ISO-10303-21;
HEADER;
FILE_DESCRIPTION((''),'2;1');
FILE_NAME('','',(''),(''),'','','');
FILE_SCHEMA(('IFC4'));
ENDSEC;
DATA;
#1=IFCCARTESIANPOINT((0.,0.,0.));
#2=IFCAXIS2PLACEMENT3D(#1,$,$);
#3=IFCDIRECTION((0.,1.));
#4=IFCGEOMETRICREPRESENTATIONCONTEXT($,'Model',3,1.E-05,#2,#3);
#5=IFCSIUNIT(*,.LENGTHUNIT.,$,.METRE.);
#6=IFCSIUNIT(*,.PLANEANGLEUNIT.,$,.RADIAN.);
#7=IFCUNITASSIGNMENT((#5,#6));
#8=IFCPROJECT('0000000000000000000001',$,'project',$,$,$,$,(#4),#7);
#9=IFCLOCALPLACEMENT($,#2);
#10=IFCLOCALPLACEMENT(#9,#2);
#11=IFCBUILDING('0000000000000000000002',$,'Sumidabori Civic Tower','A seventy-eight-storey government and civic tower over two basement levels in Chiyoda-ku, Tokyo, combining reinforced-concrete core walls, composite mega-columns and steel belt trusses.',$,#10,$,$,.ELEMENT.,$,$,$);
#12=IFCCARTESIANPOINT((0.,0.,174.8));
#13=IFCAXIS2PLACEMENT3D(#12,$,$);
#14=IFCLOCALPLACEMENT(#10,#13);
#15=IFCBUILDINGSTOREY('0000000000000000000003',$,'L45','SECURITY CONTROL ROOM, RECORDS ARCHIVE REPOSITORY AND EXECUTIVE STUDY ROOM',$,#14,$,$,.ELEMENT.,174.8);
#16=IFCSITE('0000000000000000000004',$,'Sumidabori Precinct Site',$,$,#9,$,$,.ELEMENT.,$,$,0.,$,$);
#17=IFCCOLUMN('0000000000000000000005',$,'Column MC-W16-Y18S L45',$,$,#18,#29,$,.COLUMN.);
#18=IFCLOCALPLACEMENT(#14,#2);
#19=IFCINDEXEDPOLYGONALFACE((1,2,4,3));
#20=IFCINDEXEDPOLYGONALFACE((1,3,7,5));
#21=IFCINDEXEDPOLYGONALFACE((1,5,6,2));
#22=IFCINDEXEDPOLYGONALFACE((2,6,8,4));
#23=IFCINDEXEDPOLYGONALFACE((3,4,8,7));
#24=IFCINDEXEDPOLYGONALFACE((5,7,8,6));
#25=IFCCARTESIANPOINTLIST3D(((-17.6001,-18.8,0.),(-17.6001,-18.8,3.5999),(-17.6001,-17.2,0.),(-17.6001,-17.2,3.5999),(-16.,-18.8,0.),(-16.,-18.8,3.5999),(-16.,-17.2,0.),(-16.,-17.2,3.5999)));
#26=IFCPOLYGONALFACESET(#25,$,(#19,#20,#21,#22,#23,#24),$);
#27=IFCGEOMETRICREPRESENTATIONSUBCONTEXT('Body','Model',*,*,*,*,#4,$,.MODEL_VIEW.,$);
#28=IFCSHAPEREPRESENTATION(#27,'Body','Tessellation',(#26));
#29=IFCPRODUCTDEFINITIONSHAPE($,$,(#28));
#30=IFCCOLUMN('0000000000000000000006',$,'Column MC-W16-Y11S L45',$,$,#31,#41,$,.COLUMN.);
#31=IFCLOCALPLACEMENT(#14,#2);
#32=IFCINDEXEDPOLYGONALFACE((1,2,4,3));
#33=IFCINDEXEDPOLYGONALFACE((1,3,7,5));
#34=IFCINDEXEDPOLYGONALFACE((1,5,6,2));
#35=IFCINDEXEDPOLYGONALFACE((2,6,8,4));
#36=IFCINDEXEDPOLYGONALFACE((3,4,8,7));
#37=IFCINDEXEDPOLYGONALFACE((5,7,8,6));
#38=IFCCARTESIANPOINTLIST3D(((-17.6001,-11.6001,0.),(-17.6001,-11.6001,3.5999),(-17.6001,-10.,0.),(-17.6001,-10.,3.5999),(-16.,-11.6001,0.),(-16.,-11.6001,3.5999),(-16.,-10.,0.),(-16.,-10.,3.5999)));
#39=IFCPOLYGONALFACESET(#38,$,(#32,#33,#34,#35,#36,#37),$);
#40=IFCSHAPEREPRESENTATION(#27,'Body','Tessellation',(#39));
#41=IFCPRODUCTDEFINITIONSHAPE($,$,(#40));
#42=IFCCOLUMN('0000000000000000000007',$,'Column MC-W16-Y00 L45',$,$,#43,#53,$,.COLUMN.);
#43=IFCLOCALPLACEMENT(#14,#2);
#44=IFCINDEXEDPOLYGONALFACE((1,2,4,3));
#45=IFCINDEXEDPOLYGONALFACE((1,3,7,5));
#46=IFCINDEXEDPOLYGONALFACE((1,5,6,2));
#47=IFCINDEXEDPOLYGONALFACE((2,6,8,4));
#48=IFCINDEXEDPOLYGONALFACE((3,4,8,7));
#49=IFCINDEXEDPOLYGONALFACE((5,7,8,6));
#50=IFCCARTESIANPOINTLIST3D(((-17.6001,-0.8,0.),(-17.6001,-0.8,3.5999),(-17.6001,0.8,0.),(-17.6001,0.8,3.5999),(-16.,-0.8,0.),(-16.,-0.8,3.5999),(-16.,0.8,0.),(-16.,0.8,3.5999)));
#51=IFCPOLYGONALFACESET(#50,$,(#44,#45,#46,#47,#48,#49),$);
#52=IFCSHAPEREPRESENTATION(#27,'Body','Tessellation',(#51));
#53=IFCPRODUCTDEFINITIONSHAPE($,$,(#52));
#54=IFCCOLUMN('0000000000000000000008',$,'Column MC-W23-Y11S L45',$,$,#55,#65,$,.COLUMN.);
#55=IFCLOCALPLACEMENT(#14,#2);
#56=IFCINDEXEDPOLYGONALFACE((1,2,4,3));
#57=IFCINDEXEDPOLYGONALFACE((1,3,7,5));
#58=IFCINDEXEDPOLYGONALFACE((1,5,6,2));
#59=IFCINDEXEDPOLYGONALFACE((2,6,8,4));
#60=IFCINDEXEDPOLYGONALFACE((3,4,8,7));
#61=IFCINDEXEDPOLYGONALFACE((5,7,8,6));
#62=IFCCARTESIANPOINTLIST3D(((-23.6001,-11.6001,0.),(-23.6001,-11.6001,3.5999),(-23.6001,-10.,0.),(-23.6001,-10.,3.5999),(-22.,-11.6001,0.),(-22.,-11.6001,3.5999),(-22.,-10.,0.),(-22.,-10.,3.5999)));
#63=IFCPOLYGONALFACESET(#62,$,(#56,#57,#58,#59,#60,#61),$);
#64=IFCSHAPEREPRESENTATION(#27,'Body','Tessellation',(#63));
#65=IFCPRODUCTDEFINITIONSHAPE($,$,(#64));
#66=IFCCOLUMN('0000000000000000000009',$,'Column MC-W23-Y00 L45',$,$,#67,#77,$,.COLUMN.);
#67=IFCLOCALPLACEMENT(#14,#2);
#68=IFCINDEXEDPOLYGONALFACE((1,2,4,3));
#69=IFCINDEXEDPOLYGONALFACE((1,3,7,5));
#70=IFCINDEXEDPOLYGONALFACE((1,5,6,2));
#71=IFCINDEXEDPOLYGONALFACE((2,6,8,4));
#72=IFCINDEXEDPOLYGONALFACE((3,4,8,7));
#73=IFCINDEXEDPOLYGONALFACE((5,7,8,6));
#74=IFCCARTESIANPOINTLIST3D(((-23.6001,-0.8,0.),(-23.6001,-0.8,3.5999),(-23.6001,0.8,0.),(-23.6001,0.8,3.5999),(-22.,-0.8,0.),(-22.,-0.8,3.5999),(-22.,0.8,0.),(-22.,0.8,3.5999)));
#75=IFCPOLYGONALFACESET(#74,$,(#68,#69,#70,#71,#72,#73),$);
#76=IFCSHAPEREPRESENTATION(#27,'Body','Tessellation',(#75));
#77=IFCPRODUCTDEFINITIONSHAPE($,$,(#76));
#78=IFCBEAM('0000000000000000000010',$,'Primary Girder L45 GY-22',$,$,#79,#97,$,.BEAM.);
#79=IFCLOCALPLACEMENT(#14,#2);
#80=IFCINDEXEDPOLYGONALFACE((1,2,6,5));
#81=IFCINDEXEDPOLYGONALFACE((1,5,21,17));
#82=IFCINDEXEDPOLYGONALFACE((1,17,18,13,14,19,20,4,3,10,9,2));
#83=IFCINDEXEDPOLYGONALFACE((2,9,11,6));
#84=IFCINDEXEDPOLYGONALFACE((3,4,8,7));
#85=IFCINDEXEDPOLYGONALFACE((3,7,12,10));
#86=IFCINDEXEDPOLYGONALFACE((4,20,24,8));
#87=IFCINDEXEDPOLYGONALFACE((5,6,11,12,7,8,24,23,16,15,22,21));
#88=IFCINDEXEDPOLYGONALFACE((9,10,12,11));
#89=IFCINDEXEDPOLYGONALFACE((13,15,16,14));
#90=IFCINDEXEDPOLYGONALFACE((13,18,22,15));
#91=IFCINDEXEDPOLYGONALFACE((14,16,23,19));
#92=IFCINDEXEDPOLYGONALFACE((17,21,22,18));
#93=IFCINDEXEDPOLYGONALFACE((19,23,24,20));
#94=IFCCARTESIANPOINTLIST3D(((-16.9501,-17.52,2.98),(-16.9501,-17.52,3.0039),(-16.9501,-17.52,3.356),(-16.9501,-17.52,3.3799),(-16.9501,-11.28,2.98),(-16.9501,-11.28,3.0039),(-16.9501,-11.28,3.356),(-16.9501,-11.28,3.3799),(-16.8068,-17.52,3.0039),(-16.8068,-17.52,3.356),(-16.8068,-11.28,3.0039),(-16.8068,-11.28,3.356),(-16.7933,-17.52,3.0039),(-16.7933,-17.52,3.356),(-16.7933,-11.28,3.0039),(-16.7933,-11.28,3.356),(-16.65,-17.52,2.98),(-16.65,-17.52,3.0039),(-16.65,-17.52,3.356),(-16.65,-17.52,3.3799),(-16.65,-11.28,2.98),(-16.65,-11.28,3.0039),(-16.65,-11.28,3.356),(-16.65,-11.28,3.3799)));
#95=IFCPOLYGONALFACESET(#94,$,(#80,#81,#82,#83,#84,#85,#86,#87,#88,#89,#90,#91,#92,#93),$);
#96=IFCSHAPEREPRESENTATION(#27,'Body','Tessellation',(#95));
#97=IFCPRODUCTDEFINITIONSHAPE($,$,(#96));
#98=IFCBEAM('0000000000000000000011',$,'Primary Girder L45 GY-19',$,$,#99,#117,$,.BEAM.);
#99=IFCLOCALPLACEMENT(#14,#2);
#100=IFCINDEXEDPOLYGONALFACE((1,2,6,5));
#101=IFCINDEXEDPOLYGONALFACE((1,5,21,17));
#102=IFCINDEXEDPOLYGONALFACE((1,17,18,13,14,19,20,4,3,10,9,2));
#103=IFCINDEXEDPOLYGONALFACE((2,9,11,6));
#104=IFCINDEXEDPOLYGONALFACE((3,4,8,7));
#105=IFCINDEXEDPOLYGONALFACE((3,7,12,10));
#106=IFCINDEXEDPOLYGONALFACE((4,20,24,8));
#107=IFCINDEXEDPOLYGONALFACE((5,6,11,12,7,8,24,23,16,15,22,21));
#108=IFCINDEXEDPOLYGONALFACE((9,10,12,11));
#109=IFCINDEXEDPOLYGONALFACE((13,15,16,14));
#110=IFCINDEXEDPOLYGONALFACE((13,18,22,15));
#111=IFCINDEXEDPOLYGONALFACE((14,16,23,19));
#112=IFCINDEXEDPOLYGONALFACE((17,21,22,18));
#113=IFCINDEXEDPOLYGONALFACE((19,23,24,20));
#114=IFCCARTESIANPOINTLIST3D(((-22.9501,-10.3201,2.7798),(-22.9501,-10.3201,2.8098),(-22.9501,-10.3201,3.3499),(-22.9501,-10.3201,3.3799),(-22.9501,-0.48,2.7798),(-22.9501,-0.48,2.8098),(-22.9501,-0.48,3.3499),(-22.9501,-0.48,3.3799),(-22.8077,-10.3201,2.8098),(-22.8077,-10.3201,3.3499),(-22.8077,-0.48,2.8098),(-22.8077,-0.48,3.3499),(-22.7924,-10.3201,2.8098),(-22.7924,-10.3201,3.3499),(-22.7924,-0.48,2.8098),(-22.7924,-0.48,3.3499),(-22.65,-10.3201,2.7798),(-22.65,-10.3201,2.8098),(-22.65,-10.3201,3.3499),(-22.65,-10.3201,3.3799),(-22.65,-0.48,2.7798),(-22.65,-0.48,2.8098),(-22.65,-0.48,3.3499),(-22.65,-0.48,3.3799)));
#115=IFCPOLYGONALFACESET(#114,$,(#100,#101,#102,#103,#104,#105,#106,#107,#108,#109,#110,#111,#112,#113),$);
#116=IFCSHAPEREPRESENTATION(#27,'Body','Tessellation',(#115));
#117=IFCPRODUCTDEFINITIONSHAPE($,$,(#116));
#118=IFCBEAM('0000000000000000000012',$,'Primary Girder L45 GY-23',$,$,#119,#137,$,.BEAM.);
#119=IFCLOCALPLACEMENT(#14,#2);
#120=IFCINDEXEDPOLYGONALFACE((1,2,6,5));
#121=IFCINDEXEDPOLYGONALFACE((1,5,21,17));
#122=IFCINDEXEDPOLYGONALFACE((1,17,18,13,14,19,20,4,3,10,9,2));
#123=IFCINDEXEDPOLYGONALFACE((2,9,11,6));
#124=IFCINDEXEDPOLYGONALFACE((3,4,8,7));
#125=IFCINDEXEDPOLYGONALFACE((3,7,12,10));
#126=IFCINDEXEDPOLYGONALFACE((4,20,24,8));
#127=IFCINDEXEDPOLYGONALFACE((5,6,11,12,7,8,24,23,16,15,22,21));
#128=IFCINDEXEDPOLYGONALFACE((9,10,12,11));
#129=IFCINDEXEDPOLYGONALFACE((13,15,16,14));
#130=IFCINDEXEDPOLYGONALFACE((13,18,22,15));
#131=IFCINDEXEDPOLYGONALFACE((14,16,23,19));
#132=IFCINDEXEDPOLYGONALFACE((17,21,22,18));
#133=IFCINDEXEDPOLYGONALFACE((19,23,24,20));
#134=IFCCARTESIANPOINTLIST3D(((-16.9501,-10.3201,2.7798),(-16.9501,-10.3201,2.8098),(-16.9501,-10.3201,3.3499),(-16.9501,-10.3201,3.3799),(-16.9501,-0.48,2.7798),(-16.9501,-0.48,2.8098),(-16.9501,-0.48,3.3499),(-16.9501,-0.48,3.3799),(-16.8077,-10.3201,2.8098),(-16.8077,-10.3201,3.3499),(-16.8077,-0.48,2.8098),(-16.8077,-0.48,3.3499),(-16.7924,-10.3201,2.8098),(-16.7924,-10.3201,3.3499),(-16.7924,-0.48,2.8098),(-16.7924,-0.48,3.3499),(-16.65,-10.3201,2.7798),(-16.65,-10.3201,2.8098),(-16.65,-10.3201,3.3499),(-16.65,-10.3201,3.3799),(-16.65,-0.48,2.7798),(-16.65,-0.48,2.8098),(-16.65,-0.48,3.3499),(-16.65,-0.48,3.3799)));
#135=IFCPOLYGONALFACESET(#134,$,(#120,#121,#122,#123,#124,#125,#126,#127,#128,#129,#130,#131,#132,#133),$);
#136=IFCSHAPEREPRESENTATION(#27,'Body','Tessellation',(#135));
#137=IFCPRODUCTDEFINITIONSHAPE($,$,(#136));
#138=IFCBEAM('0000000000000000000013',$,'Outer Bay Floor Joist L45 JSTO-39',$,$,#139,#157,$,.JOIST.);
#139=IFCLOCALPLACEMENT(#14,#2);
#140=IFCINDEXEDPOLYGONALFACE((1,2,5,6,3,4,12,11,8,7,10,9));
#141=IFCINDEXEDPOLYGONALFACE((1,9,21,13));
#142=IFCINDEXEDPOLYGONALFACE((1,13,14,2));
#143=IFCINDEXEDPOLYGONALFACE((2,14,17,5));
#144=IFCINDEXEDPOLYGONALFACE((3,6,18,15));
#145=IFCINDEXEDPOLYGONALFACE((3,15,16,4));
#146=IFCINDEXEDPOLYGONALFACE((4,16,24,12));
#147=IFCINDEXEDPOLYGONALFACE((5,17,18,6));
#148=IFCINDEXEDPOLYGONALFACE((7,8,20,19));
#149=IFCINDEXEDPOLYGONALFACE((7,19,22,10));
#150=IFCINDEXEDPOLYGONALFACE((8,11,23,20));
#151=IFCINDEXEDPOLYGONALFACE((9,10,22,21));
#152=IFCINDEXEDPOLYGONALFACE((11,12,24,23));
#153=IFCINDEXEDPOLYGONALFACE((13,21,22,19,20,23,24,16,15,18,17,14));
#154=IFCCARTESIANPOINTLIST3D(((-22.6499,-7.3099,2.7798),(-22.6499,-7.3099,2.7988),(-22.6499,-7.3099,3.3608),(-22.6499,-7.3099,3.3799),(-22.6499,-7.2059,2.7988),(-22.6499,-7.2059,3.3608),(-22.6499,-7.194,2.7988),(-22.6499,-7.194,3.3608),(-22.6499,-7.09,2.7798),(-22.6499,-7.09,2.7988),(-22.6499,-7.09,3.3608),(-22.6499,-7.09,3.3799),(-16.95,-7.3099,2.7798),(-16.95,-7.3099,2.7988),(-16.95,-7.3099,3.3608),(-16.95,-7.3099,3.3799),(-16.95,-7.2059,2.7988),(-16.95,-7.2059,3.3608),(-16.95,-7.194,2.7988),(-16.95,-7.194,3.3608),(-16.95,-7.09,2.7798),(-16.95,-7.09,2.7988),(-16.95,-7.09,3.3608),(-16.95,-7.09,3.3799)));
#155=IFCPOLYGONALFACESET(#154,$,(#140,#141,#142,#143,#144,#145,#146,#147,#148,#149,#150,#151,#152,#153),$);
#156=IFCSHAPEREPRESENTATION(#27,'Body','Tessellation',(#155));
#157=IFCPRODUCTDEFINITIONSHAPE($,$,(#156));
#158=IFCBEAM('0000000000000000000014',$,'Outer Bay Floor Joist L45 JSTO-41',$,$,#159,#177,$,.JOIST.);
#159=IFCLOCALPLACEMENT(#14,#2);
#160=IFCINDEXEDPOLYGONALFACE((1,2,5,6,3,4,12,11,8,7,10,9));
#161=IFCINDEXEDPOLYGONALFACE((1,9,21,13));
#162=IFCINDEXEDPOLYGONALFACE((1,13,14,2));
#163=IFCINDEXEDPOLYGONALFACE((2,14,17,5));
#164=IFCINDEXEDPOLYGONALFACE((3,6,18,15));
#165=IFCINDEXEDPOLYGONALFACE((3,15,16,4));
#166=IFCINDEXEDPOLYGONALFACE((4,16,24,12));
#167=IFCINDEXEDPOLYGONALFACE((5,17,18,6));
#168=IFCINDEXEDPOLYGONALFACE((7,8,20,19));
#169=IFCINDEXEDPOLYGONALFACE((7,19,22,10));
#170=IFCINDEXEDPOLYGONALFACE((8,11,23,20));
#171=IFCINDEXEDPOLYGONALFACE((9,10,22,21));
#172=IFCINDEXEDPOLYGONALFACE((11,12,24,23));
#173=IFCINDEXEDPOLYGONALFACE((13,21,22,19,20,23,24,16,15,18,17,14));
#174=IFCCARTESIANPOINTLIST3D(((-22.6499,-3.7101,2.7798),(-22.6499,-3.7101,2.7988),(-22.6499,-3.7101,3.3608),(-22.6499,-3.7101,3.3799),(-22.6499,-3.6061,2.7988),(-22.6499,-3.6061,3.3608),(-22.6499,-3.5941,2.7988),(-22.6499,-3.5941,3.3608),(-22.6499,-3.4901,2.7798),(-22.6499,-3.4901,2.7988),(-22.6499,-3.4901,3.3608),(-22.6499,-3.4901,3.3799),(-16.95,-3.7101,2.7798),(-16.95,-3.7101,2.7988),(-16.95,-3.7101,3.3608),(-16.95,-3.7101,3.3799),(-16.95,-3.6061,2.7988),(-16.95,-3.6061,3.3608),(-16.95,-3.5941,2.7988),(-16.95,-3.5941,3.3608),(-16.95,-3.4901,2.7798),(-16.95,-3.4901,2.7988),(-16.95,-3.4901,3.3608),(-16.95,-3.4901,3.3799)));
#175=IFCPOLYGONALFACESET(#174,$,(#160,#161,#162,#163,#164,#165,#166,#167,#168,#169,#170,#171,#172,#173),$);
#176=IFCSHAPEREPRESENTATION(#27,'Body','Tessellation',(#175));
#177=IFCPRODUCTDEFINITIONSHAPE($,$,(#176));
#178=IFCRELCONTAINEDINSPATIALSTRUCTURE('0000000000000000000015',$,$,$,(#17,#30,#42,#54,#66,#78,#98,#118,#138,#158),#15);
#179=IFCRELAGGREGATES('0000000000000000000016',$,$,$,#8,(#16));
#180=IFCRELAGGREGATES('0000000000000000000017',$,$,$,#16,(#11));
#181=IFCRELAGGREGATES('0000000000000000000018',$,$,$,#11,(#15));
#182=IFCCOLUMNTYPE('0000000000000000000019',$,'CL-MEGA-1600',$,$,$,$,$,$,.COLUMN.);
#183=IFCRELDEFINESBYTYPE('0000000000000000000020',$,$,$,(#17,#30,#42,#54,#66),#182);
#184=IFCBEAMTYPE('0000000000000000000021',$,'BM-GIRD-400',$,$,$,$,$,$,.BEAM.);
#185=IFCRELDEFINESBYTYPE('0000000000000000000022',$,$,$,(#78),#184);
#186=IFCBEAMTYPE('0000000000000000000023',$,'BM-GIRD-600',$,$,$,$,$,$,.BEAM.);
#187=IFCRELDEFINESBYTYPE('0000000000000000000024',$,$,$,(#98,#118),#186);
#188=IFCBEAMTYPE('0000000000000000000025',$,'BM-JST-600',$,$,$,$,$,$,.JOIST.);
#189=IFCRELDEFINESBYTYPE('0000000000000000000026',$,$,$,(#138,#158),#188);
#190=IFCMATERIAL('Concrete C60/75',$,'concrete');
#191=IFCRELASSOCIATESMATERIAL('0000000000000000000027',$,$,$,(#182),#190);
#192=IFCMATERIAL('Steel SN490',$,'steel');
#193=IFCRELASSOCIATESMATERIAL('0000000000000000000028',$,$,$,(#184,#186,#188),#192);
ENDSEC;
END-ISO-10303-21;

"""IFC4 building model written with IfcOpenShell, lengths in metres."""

from ifc_helpers import new_model, si_unit, direction, frame, origin, origin_2d, place, context, subcontext, project, spatial, rectangle, i_section, extrude, source, transform, mapped, material, material_profile, profile_set, type_object, element, save


model = new_model("IFC4")

# Units and contexts
model_context = context("Model", 3, precision=1e-05, world=origin(), true_north=direction((0.0, 1.0)))
body_context = subcontext(model_context, "Body", "Model", "MODEL_VIEW")
ifc_project = project(units=[si_unit("LENGTHUNIT", "METRE"), si_unit("PLANEANGLEUNIT", "RADIAN")], contexts=[model_context])

# Site, building, storey
site_placement = place(None, origin())
site = spatial("IfcSite", under=ifc_project, at=site_placement, Name="Sumidabori Precinct Site", CompositionType="ELEMENT", RefElevation=0.0)
building_placement = place(site_placement, origin())
building = spatial("IfcBuilding", under=site, at=building_placement, Name="Sumidabori Civic Tower", Description="A seventy-eight-storey government and civic tower over two basement levels in Chiyoda-ku, Tokyo, combining reinforced-concrete core walls, composite mega-columns and steel belt trusses.", CompositionType="ELEMENT")
storey_placement = place(building_placement, frame((0.0, 0.0, 174.8)))
storey = spatial("IfcBuildingStorey", under=building, at=storey_placement, Name="L45", Description="SECURITY CONTROL ROOM, RECORDS ARCHIVE REPOSITORY AND EXECUTIVE STUDY ROOM", CompositionType="ELEMENT", Elevation=174.8)

# Columns
ifc_material_1 = material(Name="Concrete C60/75", Category="concrete")
ifc_material_profile_1 = material_profile(ifc_material_1, rectangle(XDim=1.6001, YDim=1.6001, at=origin_2d()), Name="RC 1600x1600")
ifc_profile_set_1 = profile_set([ifc_material_profile_1], Name="Concrete C60/75")
column_type = type_object("IfcColumnType", Name="CL-MEGA-1600", PredefinedType="COLUMN", material=ifc_profile_set_1)
shared_shape_1 = source(origin(), body_context, "Body", "SweptSolid", [
    extrude(rectangle(XDim=1.6001, YDim=1.6001, at=origin_2d()), origin(), (0.0, 0.0, 1.0), 3.5999),
])
for number, where, z_axis, x_axis, name in (
    (1, (-16.8, -18.0, 0.0), (0.0, 0.0, 1.0), (1.0, 0.0, 0.0), "Column MC-W16-Y18S L45"),
    (2, (-16.8, -10.8, 0.0), (0.0, 0.0, 1.0), (1.0, 0.0, 0.0), "Column MC-W16-Y11S L45"),
    (3, (-16.8, 0.0, 0.0), (0.0, 0.0, 1.0), (1.0, 0.0, 0.0), "Column MC-W16-Y00 L45"),
    (4, (-22.8, -10.8, 0.0), (0.0, 0.0, 1.0), (1.0, 0.0, 0.0), "Column MC-W23-Y11S L45"),
    (5, (-22.8, 0.0, 0.0), (0.0, 0.0, 1.0), (1.0, 0.0, 0.0), "Column MC-W23-Y00 L45"),
):
    element("IfcColumn", number, at=place(storey_placement, frame(where, z_axis=z_axis, x_axis=x_axis)), inside=storey, type_object=column_type, Name=name, PredefinedType="COLUMN", context=body_context, shape_type="MappedRepresentation", body=[
        mapped(shared_shape_1, transform((0.0, 0.0, 0.0), x_axis=(1.0, 0.0, 0.0), y_axis=(0.0, 1.0, 0.0), z_axis=(0.0, 0.0, 1.0), scale=1.0)),
    ])

# Beams
ifc_material_2 = material(Name="Steel SN490", Category="steel")
ifc_material_profile_2 = material_profile(ifc_material_2, i_section(OverallWidth=0.3, OverallDepth=0.3999, WebThickness=0.0134, FlangeThickness=0.0239, at=origin_2d()), Name="HE 400 B")
ifc_profile_set_2 = profile_set([ifc_material_profile_2], Name="Steel SN490")
beam_type_1 = type_object("IfcBeamType", Name="BM-GIRD-400", PredefinedType="BEAM", material=ifc_profile_set_2)
shared_shape_2 = source(origin(), body_context, "Body", "SweptSolid", [
    extrude(i_section(OverallWidth=0.3, OverallDepth=0.3999, WebThickness=0.0134, FlangeThickness=0.0239, at=origin_2d()), origin(), (0.0, 0.0, 1.0), 6.24),
])
beam_1_placement = place(storey_placement, frame((-16.8, -17.52, 3.1799), z_axis=(0.0, 1.0, 0.0), x_axis=(-1.0, 0.0, 0.0)))
element("IfcBeam", 6, at=beam_1_placement, inside=storey, type_object=beam_type_1, Name="Primary Girder L45 GY-22", PredefinedType="BEAM", context=body_context, shape_type="MappedRepresentation", body=[
    mapped(shared_shape_2, transform((0.0, 0.0, 0.0), x_axis=(1.0, 0.0, 0.0), y_axis=(0.0, 1.0, 0.0), z_axis=(0.0, 0.0, 1.0), scale=1.0)),
])
ifc_material_profile_3 = material_profile(ifc_material_2, i_section(OverallWidth=0.3, OverallDepth=0.6001, WebThickness=0.0154, FlangeThickness=0.03, at=origin_2d()), Name="HE 600 B")
ifc_profile_set_3 = profile_set([ifc_material_profile_3], Name="Steel SN490")
beam_type_2 = type_object("IfcBeamType", Name="BM-GIRD-600", PredefinedType="BEAM", material=ifc_profile_set_3)
shared_shape_3 = source(origin(), body_context, "Body", "SweptSolid", [
    extrude(i_section(OverallWidth=0.3, OverallDepth=0.6001, WebThickness=0.0154, FlangeThickness=0.03, at=origin_2d()), origin(), (0.0, 0.0, 1.0), 9.8401),
])
for number, where, z_axis, x_axis, name in (
    (7, (-22.8, -10.3201, 3.0798), (0.0, 1.0, 0.0), (-1.0, 0.0, 0.0), "Primary Girder L45 GY-19"),
    (8, (-16.8, -10.3201, 3.0798), (0.0, 1.0, 0.0), (-1.0, 0.0, 0.0), "Primary Girder L45 GY-23"),
):
    element("IfcBeam", number, at=place(storey_placement, frame(where, z_axis=z_axis, x_axis=x_axis)), inside=storey, type_object=beam_type_2, Name=name, PredefinedType="BEAM", context=body_context, shape_type="MappedRepresentation", body=[
        mapped(shared_shape_3, transform((0.0, 0.0, 0.0), x_axis=(1.0, 0.0, 0.0), y_axis=(0.0, 1.0, 0.0), z_axis=(0.0, 0.0, 1.0), scale=1.0)),
    ])
ifc_material_profile_4 = material_profile(ifc_material_2, i_section(OverallWidth=0.22, OverallDepth=0.6001, WebThickness=0.012, FlangeThickness=0.019, at=origin_2d()), Name="IPE 600")
ifc_profile_set_4 = profile_set([ifc_material_profile_4], Name="Steel SN490")
beam_type_3 = type_object("IfcBeamType", Name="BM-JST-600", PredefinedType="JOIST", material=ifc_profile_set_4)
shared_shape_4 = source(origin(), body_context, "Body", "SweptSolid", [
    extrude(i_section(OverallWidth=0.22, OverallDepth=0.6001, WebThickness=0.012, FlangeThickness=0.019, at=origin_2d()), origin(), (0.0, 0.0, 1.0), 5.7),
])
for number, where, z_axis, x_axis, name in (
    (9, (-22.6499, -7.2, 3.0798), (1.0, 0.0, 0.0), (0.0, 1.0, 0.0), "Outer Bay Floor Joist L45 JSTO-39"),
    (10, (-22.6499, -3.6001, 3.0798), (1.0, 0.0, 0.0), (0.0, 1.0, 0.0), "Outer Bay Floor Joist L45 JSTO-41"),
):
    element("IfcBeam", number, at=place(storey_placement, frame(where, z_axis=z_axis, x_axis=x_axis)), inside=storey, type_object=beam_type_3, Name=name, PredefinedType="JOIST", context=body_context, shape_type="MappedRepresentation", body=[
        mapped(shared_shape_4, transform((0.0, 0.0, 0.0), x_axis=(1.0, 0.0, 0.0), y_axis=(0.0, 1.0, 0.0), z_axis=(0.0, 0.0, 1.0), scale=1.0)),
    ])

save(model, "model.ifc")
